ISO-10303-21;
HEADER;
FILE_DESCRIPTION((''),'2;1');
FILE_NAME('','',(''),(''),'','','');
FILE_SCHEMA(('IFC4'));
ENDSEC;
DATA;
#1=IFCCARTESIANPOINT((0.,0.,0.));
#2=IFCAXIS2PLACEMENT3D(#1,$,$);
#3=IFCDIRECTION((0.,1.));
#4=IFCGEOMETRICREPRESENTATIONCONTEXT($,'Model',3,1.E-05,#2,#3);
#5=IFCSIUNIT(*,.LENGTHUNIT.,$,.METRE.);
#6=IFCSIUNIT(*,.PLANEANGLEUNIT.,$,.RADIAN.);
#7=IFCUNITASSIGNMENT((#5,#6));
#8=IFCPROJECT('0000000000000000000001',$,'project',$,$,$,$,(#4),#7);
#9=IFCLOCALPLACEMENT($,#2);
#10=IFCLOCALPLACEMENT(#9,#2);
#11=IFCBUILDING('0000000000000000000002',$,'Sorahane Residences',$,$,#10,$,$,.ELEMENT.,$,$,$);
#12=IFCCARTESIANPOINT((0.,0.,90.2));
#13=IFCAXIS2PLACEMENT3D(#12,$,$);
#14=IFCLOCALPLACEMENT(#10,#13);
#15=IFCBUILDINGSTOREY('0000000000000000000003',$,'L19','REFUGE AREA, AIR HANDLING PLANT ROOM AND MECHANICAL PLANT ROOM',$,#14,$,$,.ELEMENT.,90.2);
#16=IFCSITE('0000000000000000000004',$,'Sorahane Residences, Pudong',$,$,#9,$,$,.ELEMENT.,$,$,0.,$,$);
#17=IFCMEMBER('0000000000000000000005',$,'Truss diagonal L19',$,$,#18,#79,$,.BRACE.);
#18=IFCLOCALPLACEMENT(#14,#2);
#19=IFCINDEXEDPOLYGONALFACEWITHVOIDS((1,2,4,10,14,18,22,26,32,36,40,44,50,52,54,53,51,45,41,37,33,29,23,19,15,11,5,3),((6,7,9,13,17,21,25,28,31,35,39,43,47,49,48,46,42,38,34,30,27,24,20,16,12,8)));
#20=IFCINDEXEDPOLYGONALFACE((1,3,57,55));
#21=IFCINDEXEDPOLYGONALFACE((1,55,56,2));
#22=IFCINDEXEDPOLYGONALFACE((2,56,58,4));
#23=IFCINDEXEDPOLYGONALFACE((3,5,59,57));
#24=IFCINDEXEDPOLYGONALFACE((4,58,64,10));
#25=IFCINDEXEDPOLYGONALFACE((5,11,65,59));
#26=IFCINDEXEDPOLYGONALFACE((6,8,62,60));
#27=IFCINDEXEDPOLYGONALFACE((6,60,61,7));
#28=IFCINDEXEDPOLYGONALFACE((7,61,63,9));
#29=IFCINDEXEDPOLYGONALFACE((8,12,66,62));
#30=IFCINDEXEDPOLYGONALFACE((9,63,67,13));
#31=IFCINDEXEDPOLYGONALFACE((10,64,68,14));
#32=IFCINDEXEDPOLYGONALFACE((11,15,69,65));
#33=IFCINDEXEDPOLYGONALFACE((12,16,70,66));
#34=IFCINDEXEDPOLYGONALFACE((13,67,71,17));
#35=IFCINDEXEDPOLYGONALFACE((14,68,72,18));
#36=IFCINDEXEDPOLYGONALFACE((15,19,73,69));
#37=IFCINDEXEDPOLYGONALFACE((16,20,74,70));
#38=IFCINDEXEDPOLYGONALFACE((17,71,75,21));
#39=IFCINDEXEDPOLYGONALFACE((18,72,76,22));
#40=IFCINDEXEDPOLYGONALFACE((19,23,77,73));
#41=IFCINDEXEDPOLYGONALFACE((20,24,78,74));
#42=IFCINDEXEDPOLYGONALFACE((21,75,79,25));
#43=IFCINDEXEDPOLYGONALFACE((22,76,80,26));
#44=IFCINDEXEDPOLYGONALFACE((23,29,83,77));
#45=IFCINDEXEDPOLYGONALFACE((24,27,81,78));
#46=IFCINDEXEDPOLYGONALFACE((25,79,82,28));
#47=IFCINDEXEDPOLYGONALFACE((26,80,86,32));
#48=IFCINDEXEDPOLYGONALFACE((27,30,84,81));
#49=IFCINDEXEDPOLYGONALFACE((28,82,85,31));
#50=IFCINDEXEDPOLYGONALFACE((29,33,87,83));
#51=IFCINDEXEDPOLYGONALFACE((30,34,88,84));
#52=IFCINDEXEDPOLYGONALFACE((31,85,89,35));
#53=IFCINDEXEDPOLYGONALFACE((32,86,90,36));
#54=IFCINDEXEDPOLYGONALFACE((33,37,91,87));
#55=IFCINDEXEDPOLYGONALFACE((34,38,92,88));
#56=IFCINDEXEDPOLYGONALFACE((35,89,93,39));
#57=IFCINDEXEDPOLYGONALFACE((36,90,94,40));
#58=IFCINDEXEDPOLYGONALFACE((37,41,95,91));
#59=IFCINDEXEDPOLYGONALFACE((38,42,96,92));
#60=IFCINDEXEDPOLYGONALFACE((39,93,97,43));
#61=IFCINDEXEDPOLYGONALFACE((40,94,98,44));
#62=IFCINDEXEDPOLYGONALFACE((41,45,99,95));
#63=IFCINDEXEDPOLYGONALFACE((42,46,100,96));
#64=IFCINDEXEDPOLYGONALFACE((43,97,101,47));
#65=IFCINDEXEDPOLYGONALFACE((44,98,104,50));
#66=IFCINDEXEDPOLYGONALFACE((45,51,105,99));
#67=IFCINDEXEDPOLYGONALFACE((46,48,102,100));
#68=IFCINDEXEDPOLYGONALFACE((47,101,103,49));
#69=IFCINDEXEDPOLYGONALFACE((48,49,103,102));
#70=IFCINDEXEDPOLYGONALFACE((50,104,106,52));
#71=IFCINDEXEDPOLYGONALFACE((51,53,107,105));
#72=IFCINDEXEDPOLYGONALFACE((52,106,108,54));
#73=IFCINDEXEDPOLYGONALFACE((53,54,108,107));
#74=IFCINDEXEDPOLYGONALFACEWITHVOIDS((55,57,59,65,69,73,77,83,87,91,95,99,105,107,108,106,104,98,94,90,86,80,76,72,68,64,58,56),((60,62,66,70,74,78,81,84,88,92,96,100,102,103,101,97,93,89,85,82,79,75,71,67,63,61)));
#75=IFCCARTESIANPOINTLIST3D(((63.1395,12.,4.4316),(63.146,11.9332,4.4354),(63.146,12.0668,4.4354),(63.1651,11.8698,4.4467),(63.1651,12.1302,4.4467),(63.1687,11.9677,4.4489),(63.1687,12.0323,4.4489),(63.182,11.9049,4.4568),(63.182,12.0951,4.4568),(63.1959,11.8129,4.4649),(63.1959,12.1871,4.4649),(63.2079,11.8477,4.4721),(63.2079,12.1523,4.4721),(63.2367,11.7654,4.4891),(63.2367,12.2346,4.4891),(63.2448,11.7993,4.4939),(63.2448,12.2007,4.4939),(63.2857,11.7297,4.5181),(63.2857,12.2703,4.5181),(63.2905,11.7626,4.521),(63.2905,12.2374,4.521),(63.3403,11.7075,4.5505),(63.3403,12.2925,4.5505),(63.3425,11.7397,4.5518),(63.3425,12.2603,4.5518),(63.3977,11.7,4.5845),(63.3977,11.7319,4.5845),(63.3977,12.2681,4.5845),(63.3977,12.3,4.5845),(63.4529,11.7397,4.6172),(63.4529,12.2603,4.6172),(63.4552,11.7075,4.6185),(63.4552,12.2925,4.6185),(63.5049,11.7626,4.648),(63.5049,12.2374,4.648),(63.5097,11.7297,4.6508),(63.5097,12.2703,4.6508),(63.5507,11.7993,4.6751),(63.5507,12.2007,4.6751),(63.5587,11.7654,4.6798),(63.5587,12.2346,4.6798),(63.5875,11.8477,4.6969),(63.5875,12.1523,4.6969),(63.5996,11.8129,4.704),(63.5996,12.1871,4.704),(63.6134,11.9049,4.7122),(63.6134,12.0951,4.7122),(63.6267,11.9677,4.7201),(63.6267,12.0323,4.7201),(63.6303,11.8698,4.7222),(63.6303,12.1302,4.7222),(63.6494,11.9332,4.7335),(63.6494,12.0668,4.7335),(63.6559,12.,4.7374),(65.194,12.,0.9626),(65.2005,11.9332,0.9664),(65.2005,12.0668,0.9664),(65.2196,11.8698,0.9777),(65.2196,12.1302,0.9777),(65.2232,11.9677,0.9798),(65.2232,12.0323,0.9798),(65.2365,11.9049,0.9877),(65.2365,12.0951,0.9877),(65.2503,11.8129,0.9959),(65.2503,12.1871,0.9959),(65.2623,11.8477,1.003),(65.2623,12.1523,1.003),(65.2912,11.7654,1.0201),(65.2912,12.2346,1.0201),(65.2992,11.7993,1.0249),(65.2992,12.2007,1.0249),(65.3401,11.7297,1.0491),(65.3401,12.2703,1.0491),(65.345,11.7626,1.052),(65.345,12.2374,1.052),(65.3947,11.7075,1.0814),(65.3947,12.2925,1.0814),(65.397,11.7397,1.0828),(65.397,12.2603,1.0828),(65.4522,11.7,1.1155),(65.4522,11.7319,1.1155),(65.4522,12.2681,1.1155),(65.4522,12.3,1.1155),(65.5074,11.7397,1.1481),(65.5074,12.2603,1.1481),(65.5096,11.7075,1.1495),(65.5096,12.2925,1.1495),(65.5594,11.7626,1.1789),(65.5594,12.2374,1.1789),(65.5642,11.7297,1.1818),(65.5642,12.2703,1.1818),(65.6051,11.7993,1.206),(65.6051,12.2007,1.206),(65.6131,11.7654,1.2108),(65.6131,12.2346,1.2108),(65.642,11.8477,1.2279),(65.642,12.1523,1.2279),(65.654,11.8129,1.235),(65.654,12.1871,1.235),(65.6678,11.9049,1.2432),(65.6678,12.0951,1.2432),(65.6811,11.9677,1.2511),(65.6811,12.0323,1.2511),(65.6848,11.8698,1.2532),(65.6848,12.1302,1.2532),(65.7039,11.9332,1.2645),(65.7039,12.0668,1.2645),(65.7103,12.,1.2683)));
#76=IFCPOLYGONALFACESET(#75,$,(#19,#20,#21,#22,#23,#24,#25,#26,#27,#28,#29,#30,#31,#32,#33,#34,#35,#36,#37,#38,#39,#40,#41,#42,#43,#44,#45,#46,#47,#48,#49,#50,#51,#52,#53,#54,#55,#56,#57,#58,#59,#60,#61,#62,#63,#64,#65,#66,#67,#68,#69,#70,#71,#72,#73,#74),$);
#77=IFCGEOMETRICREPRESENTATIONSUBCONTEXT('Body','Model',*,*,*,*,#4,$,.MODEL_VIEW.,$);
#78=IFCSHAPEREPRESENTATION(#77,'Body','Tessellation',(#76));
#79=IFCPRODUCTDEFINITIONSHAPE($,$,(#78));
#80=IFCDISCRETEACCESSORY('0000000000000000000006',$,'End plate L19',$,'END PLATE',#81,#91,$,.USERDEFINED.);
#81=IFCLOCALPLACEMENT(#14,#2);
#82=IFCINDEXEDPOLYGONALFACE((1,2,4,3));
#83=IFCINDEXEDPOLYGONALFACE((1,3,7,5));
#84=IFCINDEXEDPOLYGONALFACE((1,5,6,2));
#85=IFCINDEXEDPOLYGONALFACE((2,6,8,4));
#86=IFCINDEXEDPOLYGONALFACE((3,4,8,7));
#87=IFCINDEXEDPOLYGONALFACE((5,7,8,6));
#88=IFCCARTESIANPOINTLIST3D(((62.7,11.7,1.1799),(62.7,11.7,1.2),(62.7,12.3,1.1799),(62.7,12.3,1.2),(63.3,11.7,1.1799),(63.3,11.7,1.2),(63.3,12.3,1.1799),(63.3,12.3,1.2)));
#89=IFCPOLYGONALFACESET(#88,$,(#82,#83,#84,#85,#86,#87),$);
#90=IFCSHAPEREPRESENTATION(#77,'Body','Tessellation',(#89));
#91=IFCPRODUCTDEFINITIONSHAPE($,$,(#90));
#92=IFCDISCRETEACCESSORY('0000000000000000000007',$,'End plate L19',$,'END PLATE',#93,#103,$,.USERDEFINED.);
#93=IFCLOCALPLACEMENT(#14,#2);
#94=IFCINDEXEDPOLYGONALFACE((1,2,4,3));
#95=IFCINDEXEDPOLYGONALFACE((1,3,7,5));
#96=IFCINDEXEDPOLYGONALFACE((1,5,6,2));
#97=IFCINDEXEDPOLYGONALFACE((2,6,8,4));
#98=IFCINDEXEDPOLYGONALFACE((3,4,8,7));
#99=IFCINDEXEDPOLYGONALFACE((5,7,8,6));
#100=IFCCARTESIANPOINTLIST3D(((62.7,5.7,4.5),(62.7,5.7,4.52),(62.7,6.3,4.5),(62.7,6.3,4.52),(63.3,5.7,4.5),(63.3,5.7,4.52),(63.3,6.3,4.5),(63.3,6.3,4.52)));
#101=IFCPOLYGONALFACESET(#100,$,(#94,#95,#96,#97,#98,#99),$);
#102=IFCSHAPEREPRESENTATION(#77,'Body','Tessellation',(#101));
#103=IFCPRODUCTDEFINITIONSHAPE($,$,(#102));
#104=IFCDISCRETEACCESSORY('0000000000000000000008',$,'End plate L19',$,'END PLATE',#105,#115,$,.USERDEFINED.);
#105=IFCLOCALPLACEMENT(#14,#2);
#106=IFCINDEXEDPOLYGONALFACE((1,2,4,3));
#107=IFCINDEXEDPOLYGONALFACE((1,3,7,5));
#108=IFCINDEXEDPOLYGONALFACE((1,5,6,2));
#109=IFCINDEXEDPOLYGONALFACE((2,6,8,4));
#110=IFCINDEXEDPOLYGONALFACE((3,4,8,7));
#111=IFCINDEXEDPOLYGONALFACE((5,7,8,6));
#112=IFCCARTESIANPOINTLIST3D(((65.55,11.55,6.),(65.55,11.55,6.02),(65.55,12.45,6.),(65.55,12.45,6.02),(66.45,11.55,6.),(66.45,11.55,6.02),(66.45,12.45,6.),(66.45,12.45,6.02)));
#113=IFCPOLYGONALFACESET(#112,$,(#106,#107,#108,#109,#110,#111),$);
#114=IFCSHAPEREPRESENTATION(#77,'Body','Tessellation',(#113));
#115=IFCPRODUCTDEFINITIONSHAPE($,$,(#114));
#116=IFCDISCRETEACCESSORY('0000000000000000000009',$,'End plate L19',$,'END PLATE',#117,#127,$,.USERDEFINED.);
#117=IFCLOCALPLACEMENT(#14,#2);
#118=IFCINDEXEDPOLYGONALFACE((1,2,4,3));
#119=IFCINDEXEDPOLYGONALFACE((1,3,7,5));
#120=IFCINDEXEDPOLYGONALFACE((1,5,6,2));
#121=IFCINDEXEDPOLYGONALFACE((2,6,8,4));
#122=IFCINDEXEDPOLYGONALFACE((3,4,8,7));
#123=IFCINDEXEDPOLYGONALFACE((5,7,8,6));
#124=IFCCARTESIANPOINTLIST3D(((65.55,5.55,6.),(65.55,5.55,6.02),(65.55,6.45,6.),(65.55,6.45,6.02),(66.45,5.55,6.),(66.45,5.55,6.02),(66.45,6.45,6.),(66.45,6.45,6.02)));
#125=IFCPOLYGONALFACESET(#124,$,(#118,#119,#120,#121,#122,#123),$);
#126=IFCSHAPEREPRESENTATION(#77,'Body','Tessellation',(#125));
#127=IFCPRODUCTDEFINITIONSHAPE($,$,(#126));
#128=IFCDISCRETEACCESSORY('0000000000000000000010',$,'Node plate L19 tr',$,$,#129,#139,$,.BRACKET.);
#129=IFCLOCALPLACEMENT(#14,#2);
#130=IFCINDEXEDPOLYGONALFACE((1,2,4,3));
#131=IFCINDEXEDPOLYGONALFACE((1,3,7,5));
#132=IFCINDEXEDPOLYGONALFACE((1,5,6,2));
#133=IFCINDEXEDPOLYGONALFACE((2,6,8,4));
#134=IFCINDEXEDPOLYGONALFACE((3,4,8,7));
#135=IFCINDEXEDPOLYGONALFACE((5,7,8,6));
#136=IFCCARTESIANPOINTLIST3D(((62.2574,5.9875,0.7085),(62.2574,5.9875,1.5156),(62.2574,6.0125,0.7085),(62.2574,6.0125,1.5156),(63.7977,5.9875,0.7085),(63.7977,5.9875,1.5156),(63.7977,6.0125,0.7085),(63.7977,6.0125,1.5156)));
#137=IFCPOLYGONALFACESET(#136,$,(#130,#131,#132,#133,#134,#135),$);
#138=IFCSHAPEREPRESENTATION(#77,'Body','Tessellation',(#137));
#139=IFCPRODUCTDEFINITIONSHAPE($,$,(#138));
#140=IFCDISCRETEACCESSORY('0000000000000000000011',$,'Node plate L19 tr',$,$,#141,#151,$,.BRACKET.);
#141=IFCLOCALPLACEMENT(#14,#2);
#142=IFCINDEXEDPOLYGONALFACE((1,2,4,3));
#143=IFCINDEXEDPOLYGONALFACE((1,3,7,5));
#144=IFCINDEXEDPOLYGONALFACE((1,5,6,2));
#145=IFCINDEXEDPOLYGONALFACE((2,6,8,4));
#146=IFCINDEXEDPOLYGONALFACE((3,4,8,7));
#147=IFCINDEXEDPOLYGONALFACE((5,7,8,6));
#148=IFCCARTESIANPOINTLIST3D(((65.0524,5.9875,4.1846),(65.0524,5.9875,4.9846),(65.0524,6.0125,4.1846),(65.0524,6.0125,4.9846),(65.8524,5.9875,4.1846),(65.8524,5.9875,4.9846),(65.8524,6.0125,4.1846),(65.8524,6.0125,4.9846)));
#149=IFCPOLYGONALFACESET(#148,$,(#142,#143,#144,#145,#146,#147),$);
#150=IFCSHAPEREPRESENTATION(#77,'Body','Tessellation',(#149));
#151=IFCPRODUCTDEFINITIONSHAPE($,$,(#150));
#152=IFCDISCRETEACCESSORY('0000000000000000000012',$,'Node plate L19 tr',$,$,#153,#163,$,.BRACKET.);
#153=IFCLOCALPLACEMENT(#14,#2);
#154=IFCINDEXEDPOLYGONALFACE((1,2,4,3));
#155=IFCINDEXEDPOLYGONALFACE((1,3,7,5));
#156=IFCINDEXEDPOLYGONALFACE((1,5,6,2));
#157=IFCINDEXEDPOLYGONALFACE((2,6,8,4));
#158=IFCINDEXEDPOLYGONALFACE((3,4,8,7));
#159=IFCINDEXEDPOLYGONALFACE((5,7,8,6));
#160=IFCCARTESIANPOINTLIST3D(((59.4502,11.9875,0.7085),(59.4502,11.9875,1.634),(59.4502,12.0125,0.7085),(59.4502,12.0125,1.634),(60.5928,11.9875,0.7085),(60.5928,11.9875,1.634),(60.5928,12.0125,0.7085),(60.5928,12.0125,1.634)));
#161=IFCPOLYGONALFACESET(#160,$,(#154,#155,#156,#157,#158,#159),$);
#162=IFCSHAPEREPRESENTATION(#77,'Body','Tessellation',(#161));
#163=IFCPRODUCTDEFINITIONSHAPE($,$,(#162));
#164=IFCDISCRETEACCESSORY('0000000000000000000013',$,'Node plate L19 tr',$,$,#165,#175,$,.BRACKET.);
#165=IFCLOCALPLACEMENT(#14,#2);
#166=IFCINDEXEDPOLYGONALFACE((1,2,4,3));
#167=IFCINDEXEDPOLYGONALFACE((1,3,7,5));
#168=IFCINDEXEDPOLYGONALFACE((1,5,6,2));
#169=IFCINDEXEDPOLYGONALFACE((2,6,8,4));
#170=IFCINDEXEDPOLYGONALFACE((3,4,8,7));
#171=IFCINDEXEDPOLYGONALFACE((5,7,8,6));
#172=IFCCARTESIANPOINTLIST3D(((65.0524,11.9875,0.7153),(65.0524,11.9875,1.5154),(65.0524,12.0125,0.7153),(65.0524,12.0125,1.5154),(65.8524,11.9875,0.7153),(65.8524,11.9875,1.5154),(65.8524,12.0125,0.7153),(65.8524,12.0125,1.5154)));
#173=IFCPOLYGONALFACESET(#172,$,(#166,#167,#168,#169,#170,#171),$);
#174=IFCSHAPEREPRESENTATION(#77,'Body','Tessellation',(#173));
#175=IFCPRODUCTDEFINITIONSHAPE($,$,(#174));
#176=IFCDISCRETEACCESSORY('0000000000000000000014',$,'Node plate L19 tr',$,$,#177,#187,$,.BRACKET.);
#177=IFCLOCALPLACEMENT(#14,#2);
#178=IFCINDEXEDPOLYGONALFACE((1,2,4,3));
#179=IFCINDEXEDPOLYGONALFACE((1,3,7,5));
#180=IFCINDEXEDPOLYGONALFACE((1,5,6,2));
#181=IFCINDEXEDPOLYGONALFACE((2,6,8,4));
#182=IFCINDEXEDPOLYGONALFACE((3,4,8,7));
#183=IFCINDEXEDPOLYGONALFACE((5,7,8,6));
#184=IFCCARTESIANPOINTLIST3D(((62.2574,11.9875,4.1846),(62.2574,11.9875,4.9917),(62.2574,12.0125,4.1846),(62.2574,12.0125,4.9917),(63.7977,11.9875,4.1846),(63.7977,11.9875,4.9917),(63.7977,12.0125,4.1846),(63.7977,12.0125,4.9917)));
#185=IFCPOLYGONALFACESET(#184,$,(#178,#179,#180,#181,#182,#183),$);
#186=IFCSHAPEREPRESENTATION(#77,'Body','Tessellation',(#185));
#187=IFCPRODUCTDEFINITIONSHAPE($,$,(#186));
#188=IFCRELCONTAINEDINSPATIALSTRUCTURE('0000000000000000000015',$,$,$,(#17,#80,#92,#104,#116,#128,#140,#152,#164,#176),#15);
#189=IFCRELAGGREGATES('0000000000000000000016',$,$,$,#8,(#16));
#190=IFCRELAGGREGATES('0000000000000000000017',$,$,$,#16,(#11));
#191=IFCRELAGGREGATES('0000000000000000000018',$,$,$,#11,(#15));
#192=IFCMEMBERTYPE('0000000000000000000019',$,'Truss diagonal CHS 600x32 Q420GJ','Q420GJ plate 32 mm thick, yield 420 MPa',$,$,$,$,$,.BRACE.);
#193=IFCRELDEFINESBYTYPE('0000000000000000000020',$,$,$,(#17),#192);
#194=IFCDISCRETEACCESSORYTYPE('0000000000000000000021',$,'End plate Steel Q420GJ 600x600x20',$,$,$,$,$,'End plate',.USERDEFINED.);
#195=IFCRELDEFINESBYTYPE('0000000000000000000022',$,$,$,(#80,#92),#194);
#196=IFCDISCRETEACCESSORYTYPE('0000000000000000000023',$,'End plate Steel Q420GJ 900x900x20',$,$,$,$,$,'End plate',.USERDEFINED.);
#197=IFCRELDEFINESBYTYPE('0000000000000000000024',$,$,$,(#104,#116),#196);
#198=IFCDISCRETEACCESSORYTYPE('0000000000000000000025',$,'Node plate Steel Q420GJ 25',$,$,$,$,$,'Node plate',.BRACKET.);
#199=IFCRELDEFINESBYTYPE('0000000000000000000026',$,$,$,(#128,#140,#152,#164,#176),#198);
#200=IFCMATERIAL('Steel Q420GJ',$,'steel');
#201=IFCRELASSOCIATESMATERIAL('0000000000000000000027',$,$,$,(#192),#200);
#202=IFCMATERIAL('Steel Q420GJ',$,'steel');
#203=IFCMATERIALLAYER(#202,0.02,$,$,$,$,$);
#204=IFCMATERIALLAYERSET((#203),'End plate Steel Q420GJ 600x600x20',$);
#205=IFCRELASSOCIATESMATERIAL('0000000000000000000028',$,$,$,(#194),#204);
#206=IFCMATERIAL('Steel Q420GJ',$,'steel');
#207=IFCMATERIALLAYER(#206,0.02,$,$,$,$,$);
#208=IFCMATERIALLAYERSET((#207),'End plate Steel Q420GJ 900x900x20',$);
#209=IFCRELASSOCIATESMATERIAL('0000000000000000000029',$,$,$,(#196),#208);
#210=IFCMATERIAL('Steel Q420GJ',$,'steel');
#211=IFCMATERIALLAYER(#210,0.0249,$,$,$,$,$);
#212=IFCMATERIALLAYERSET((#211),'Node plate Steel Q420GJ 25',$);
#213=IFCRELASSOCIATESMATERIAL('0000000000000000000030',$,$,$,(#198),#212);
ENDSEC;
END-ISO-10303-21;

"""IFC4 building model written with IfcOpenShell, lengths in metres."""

from ifc_helpers import new_model, si_unit, direction, frame, origin, origin_2d, place, context, subcontext, project, spatial, rectangle, hollow_circle, extrude, material, layer, layer_set, material_profile, profile_set, type_object, element, save


model = new_model("IFC4")

# Units and contexts
model_context = context("Model", 3, precision=1e-05, world=origin(), true_north=direction((0.0, 1.0)))
body_context = subcontext(model_context, "Body", "Model", "MODEL_VIEW")
ifc_project = project(units=[si_unit("LENGTHUNIT", "METRE"), si_unit("PLANEANGLEUNIT", "RADIAN")], contexts=[model_context])

# Site, building, storey
site_placement = place(None, origin())
site = spatial("IfcSite", under=ifc_project, at=site_placement, Name="Sorahane Residences, Pudong", CompositionType="ELEMENT", RefElevation=0.0)
building_placement = place(site_placement, origin())
building = spatial("IfcBuilding", under=site, at=building_placement, Name="Sorahane Residences", CompositionType="ELEMENT")
storey_placement = place(building_placement, frame((0.0, 0.0, 90.2)))
storey = spatial("IfcBuildingStorey", under=building, at=storey_placement, Name="L19", Description="REFUGE AREA, AIR HANDLING PLANT ROOM AND MECHANICAL PLANT ROOM", CompositionType="ELEMENT", Elevation=90.2)

# Member
ifc_material_1 = material(Name="Steel Q420GJ", Category="steel")
ifc_material_profile_1 = material_profile(ifc_material_1, hollow_circle(Radius=0.3, WallThickness=0.032, at=origin_2d()), Name="CHS 600x32")
ifc_profile_set_1 = profile_set([ifc_material_profile_1], Name="Steel Q420GJ")
member_type = type_object("IfcMemberType", Name="Truss diagonal CHS 600x32 Q420GJ", Description="Q420GJ plate 32 mm thick, yield 420 MPa", PredefinedType="BRACE", material=ifc_profile_set_1)
member_1_placement = place(storey_placement, frame((63.3977, 12.0, 4.5845), z_axis=(0.509572, 0.0, -0.860428), x_axis=(0.0, 1.0, 0.0)))
element("IfcMember", 1, at=member_1_placement, inside=storey, type_object=member_type, Name="Truss diagonal L19", PredefinedType="BRACE", context=body_context, shape_type="SweptSolid", body=[
    extrude(hollow_circle(Radius=0.3, WallThickness=0.032, at=origin_2d()), origin(), (0.0, 0.0, 1.0), 4.0317),
])

# Discrete accessories
ifc_material_2 = material(Name="Steel Q420GJ", Category="steel")
ifc_layer_1 = layer(ifc_material_2, 0.02)
ifc_layer_set_1 = layer_set([ifc_layer_1], Name="End plate Steel Q420GJ 600x600x20")
discrete_accessory_type_1 = type_object("IfcDiscreteAccessoryType", Name="End plate Steel Q420GJ 600x600x20", ElementType="End plate", PredefinedType="USERDEFINED", material=ifc_layer_set_1)
for number, where, z_axis, x_axis, name in (
    (2, (63.0, 12.0, 1.1799), (0.0, 0.0, 1.0), (1.0, 0.0, 0.0), "End plate L19"),
    (3, (63.0, 6.0, 4.5), (0.0, 0.0, 1.0), (1.0, 0.0, 0.0), "End plate L19"),
):
    element("IfcDiscreteAccessory", number, at=place(storey_placement, frame(where, z_axis=z_axis, x_axis=x_axis)), inside=storey, type_object=discrete_accessory_type_1, Name=name, ObjectType="END PLATE", PredefinedType="USERDEFINED", context=body_context, shape_type="SweptSolid", body=[
        extrude(rectangle(XDim=0.6001, YDim=0.6001, at=origin_2d()), origin(), (0.0, 0.0, 1.0), 0.02),
    ])
ifc_material_3 = material(Name="Steel Q420GJ", Category="steel")
ifc_layer_2 = layer(ifc_material_3, 0.02)
ifc_layer_set_2 = layer_set([ifc_layer_2], Name="End plate Steel Q420GJ 900x900x20")
discrete_accessory_type_2 = type_object("IfcDiscreteAccessoryType", Name="End plate Steel Q420GJ 900x900x20", ElementType="End plate", PredefinedType="USERDEFINED", material=ifc_layer_set_2)
for number, where, z_axis, x_axis, name in (
    (4, (66.0, 12.0, 6.0), (0.0, 0.0, 1.0), (1.0, 0.0, 0.0), "End plate L19"),
    (5, (66.0, 6.0, 6.0), (0.0, 0.0, 1.0), (1.0, 0.0, 0.0), "End plate L19"),
):
    element("IfcDiscreteAccessory", number, at=place(storey_placement, frame(where, z_axis=z_axis, x_axis=x_axis)), inside=storey, type_object=discrete_accessory_type_2, Name=name, ObjectType="END PLATE", PredefinedType="USERDEFINED", context=body_context, shape_type="SweptSolid", body=[
        extrude(rectangle(XDim=0.8999, YDim=0.8999, at=origin_2d()), origin(), (0.0, 0.0, 1.0), 0.02),
    ])
ifc_material_4 = material(Name="Steel Q420GJ", Category="steel")
ifc_layer_3 = layer(ifc_material_4, 0.0249)
ifc_layer_set_3 = layer_set([ifc_layer_3], Name="Node plate Steel Q420GJ 25")
discrete_accessory_type_3 = type_object("IfcDiscreteAccessoryType", Name="Node plate Steel Q420GJ 25", ElementType="Node plate", PredefinedType="BRACKET", material=ifc_layer_set_3)
discrete_accessory_1_placement = place(storey_placement, frame((63.0276, 6.0, 0.7085), z_axis=(0.0, 0.0, 1.0), x_axis=(1.0, 0.0, 0.0)))
element("IfcDiscreteAccessory", 6, at=discrete_accessory_1_placement, inside=storey, type_object=discrete_accessory_type_3, Name="Node plate L19 tr", PredefinedType="BRACKET", context=body_context, shape_type="SweptSolid", body=[
    extrude(rectangle(XDim=1.5403, YDim=0.0249, at=origin_2d()), origin(), (0.0, 0.0, 1.0), 0.8071),
])
discrete_accessory_2_placement = place(storey_placement, frame((65.4524, 6.0, 4.1846), z_axis=(0.0, 0.0, 1.0), x_axis=(1.0, 0.0, 0.0)))
element("IfcDiscreteAccessory", 7, at=discrete_accessory_2_placement, inside=storey, type_object=discrete_accessory_type_3, Name="Node plate L19 tr", PredefinedType="BRACKET", context=body_context, shape_type="SweptSolid", body=[
    extrude(rectangle(XDim=0.8, YDim=0.0249, at=origin_2d()), origin(), (0.0, 0.0, 1.0), 0.8),
])
discrete_accessory_3_placement = place(storey_placement, frame((60.0215, 12.0, 0.7085), z_axis=(0.0, 0.0, 1.0), x_axis=(1.0, 0.0, 0.0)))
element("IfcDiscreteAccessory", 8, at=discrete_accessory_3_placement, inside=storey, type_object=discrete_accessory_type_3, Name="Node plate L19 tr", PredefinedType="BRACKET", context=body_context, shape_type="SweptSolid", body=[
    extrude(rectangle(XDim=1.1426, YDim=0.0249, at=origin_2d()), origin(), (0.0, 0.0, 1.0), 0.9255),
])
discrete_accessory_4_placement = place(storey_placement, frame((65.4524, 12.0, 0.7153), z_axis=(0.0, 0.0, 1.0), x_axis=(1.0, 0.0, 0.0)))
element("IfcDiscreteAccessory", 9, at=discrete_accessory_4_placement, inside=storey, type_object=discrete_accessory_type_3, Name="Node plate L19 tr", PredefinedType="BRACKET", context=body_context, shape_type="SweptSolid", body=[
    extrude(rectangle(XDim=0.8, YDim=0.0249, at=origin_2d()), origin(), (0.0, 0.0, 1.0), 0.8),
])
discrete_accessory_5_placement = place(storey_placement, frame((63.0276, 12.0, 4.1846), z_axis=(0.0, 0.0, 1.0), x_axis=(1.0, 0.0, 0.0)))
element("IfcDiscreteAccessory", 10, at=discrete_accessory_5_placement, inside=storey, type_object=discrete_accessory_type_3, Name="Node plate L19 tr", PredefinedType="BRACKET", context=body_context, shape_type="SweptSolid", body=[
    extrude(rectangle(XDim=1.5403, YDim=0.0249, at=origin_2d()), origin(), (0.0, 0.0, 1.0), 0.8071),
])

save(model, "model.ifc")
